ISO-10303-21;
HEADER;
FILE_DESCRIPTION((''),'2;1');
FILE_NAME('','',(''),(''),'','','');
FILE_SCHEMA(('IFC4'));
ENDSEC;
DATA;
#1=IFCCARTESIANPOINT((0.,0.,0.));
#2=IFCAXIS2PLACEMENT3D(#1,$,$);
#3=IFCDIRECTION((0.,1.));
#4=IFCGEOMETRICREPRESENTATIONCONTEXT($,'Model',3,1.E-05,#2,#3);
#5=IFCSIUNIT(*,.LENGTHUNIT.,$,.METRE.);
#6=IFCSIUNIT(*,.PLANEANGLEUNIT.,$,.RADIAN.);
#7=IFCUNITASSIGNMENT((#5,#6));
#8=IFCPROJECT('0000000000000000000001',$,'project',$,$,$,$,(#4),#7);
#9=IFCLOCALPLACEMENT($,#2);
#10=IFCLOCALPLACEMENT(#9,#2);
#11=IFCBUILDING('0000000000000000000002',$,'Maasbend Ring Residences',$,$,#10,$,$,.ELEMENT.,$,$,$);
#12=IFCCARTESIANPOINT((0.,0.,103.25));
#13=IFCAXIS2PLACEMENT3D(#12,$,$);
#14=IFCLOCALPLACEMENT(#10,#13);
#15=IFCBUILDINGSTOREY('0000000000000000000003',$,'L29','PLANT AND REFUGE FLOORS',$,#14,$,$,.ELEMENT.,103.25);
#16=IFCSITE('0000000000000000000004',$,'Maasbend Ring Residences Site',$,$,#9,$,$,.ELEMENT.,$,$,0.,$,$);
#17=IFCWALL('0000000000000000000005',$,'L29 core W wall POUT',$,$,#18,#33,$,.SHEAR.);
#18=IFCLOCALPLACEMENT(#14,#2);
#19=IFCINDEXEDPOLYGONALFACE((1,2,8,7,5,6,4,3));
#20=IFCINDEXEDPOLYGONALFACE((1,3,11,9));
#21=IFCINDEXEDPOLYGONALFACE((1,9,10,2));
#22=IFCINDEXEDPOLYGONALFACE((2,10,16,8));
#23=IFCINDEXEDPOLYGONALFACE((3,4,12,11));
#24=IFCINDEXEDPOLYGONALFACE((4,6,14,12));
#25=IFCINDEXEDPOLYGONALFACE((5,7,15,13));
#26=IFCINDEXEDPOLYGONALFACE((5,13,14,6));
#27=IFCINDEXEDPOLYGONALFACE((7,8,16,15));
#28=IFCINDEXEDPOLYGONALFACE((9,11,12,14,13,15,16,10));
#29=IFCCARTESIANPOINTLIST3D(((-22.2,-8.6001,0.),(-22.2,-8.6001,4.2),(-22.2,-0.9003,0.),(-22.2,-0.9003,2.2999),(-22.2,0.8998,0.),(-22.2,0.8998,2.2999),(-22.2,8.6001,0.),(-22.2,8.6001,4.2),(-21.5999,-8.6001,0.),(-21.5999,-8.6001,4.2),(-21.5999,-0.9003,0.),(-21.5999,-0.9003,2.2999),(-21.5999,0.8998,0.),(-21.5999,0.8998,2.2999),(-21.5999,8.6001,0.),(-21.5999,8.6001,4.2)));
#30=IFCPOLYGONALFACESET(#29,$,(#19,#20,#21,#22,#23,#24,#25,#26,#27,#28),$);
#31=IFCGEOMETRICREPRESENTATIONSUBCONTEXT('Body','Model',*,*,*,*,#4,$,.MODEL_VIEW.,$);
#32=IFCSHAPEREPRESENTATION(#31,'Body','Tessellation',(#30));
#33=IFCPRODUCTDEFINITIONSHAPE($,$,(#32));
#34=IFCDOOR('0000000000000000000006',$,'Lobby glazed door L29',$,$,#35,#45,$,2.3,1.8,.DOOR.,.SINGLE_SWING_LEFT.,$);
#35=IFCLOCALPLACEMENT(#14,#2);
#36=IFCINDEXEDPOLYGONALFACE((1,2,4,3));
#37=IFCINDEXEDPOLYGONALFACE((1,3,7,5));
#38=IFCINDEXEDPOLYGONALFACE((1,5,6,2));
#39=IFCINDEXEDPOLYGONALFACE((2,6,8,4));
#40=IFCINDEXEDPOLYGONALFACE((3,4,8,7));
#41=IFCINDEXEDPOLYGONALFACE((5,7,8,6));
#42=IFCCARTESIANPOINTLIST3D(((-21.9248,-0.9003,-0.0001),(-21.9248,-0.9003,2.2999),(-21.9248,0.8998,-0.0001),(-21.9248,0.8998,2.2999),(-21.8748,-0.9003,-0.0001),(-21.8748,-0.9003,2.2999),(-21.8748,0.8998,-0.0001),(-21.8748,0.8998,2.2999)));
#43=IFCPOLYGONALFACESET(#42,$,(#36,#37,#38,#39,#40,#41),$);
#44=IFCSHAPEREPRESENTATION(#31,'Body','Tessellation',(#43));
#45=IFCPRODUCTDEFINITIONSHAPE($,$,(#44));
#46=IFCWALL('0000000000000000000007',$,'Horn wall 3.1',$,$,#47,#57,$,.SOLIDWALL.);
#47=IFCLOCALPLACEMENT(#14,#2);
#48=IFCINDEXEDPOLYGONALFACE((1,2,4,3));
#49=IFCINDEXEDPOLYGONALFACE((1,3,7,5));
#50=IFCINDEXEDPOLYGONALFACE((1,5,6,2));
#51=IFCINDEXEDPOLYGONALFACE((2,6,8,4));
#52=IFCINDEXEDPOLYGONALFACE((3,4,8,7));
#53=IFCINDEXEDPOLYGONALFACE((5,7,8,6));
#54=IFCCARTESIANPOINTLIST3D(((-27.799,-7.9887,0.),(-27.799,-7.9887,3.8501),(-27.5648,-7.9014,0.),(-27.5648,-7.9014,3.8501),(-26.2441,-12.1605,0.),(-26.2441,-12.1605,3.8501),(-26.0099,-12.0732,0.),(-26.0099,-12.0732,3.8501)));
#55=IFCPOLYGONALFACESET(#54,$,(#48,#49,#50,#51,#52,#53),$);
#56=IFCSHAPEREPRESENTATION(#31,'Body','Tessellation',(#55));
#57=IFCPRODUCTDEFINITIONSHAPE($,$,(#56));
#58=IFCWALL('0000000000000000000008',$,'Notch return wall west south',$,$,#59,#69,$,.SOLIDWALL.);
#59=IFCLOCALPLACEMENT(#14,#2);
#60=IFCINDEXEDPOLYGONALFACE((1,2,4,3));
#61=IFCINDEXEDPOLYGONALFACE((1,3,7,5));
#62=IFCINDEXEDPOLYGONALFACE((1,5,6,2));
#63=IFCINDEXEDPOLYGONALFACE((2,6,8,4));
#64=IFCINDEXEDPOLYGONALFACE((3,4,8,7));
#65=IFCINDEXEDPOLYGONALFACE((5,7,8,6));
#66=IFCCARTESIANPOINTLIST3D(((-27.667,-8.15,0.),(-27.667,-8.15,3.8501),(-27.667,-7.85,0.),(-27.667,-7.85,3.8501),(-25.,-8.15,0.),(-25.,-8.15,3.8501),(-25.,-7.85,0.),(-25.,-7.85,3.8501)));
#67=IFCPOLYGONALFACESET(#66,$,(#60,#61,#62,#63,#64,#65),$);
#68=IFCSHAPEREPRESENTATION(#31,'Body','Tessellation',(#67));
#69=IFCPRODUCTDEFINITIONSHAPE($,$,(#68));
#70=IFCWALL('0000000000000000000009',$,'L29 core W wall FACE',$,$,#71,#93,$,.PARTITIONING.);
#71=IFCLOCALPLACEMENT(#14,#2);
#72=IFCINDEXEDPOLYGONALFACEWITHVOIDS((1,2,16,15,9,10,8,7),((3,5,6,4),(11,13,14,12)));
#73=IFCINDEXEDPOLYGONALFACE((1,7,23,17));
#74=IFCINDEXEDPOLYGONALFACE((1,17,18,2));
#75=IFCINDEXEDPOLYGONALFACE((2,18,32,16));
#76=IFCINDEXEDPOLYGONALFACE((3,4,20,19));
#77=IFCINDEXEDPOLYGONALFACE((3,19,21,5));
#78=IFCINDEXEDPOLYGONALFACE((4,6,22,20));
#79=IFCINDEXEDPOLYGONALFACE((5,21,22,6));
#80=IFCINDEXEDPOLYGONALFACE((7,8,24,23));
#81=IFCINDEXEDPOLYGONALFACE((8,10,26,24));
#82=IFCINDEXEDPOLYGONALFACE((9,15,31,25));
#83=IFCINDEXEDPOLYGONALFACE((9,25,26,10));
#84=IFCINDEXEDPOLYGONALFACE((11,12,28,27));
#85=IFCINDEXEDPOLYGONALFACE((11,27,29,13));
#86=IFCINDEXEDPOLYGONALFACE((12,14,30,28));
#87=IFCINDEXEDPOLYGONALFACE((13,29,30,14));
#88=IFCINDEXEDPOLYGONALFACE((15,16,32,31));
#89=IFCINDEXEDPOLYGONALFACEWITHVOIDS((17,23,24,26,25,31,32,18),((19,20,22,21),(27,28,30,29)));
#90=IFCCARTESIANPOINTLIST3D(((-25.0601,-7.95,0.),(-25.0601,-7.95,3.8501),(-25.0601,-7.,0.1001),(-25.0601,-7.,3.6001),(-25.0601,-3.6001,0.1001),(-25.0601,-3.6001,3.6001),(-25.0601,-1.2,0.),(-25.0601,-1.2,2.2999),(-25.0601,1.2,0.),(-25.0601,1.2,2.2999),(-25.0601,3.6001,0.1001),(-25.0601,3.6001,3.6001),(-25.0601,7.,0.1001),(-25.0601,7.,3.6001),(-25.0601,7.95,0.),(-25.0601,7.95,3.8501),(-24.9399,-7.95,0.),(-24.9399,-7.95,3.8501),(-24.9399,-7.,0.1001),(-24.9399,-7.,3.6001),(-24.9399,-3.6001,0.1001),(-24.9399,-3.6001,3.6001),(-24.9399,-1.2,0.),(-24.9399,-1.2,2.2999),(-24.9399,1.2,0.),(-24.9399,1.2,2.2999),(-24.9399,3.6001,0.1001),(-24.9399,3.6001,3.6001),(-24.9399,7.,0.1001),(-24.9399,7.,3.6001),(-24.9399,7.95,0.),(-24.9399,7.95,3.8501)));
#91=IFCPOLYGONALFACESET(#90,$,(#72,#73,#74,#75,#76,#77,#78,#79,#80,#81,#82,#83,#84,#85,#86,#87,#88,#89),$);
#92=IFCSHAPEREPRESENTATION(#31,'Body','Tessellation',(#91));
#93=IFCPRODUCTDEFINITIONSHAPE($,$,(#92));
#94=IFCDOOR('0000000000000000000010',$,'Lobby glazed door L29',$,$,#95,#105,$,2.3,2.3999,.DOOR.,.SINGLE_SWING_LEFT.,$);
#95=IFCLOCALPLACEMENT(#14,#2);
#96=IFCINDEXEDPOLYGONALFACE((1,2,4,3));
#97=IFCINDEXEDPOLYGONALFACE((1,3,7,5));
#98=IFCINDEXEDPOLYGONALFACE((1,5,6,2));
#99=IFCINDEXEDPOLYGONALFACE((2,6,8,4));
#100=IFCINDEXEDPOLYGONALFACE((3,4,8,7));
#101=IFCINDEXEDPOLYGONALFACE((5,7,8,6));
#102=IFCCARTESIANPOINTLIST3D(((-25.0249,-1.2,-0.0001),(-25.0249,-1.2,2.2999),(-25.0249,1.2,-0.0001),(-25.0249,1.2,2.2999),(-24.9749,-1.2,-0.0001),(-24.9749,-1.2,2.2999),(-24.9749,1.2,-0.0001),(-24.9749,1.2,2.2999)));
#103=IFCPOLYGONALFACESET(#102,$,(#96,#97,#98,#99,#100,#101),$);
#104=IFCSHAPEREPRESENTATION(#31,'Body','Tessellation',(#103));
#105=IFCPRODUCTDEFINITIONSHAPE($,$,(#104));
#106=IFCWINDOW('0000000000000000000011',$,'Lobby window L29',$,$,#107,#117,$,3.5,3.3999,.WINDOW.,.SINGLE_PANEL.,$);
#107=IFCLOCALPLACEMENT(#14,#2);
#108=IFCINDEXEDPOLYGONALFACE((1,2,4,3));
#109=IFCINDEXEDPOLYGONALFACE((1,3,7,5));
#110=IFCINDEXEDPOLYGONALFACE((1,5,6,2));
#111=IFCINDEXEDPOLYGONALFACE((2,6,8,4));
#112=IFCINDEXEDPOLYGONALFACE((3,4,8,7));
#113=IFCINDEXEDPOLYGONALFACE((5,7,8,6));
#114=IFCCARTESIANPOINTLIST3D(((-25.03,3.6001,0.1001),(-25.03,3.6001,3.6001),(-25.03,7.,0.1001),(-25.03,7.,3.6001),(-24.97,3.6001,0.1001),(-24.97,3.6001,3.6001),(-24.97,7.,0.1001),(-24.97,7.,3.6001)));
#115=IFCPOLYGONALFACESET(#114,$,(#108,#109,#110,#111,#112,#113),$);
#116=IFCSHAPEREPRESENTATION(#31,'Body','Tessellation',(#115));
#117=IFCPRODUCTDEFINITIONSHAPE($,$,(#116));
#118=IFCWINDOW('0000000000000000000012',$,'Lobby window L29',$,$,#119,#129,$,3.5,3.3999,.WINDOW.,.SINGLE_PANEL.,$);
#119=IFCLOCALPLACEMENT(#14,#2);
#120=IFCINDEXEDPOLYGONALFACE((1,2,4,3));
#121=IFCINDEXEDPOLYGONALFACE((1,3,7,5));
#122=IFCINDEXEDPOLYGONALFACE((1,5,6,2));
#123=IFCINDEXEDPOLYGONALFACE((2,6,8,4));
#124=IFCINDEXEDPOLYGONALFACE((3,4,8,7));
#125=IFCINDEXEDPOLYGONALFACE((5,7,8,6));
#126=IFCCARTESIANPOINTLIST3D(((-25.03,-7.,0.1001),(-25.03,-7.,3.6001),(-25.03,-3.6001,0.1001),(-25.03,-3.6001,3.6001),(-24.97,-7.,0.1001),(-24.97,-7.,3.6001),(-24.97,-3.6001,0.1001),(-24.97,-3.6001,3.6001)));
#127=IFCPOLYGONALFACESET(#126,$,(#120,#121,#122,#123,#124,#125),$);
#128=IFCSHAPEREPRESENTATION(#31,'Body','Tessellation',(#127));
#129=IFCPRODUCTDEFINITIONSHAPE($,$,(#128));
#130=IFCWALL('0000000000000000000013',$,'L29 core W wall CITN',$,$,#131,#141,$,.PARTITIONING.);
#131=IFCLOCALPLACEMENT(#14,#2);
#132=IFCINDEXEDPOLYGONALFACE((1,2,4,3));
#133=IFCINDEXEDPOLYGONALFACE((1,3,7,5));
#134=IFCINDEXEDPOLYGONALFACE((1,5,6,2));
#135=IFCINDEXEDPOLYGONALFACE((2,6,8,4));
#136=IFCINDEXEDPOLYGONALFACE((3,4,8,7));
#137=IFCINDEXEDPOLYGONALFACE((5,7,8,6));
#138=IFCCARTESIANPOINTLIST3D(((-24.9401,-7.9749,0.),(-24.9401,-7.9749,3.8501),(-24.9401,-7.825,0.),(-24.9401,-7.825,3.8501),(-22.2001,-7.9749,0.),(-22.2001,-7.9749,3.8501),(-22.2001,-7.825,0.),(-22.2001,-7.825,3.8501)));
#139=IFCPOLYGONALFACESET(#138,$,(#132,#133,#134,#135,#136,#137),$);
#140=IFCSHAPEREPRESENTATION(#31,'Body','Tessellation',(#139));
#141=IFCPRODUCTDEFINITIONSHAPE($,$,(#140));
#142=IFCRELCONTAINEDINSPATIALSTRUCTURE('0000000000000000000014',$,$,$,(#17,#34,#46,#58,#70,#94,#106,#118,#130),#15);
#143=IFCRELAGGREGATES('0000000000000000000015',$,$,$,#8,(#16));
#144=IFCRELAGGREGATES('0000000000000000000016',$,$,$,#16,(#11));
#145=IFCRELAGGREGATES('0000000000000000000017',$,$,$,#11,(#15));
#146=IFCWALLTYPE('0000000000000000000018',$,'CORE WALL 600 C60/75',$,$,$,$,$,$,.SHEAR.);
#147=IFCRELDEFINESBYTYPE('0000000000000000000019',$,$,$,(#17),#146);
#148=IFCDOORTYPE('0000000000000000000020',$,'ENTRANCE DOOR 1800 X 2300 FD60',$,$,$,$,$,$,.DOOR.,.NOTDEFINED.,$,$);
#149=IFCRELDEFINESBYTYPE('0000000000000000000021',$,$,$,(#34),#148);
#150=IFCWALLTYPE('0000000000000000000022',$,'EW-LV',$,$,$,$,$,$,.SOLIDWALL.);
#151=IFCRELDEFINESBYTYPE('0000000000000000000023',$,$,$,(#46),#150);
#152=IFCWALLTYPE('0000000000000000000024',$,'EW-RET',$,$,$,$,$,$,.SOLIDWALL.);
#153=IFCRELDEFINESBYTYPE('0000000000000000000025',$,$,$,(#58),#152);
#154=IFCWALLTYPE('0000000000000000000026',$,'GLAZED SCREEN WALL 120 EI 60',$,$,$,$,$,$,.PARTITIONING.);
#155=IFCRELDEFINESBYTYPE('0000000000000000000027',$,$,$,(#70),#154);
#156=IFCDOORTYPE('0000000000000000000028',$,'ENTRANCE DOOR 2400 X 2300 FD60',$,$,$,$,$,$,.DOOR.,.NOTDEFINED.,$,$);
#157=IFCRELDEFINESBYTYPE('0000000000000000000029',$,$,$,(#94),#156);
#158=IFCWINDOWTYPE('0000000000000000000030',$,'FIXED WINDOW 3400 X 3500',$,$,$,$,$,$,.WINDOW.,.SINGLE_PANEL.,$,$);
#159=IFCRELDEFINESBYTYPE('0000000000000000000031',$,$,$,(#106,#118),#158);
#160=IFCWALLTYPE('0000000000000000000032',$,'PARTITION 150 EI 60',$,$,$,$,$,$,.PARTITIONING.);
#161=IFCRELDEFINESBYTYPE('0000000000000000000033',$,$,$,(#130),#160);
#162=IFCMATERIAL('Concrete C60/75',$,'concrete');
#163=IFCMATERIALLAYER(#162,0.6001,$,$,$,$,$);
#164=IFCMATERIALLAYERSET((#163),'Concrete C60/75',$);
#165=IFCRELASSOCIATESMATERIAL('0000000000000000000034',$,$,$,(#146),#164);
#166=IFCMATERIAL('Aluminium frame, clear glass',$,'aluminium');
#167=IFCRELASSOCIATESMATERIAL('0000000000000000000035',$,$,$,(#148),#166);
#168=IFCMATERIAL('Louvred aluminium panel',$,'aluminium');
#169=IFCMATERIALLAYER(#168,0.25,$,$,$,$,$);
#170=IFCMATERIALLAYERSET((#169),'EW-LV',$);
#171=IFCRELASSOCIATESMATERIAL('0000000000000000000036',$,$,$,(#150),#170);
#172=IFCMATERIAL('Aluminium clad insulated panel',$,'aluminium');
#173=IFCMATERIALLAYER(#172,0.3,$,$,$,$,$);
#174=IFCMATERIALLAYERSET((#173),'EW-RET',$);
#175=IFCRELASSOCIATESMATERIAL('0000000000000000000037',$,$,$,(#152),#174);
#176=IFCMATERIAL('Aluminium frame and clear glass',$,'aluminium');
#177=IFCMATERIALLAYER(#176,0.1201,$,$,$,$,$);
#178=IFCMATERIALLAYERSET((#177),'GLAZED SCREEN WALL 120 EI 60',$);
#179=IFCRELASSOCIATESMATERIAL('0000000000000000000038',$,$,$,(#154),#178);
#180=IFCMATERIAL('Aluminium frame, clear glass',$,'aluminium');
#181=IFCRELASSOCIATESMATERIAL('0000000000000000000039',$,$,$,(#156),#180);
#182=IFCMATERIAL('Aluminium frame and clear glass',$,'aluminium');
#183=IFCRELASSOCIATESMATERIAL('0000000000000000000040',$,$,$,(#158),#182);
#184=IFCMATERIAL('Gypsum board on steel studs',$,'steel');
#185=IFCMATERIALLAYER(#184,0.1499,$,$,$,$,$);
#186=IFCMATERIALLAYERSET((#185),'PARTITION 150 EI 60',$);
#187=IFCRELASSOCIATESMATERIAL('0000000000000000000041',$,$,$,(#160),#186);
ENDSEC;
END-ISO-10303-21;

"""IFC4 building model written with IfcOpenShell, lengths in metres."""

from ifc_helpers import new_model, si_unit, direction, frame, frame_2d, origin, place, context, subcontext, project, spatial, rectangle, extrude, material, layer, layer_set, type_object, element, fill, save


model = new_model("IFC4")

# Units and contexts
model_context = context("Model", 3, precision=1e-05, world=origin(), true_north=direction((0.0, 1.0)))
body_context = subcontext(model_context, "Body", "Model", "MODEL_VIEW")
ifc_project = project(units=[si_unit("LENGTHUNIT", "METRE"), si_unit("PLANEANGLEUNIT", "RADIAN")], contexts=[model_context])

# Site, building, storey
site_placement = place(None, origin())
site = spatial("IfcSite", under=ifc_project, at=site_placement, Name="Maasbend Ring Residences Site", CompositionType="ELEMENT", RefElevation=0.0)
building_placement = place(site_placement, origin())
building = spatial("IfcBuilding", under=site, at=building_placement, Name="Maasbend Ring Residences", CompositionType="ELEMENT")
storey_placement = place(building_placement, frame((0.0, 0.0, 103.25)))
storey = spatial("IfcBuildingStorey", under=building, at=storey_placement, Name="L29", Description="PLANT AND REFUGE FLOORS", CompositionType="ELEMENT", Elevation=103.25)

# Shared definitions
ifc_material_1 = material(Name="Concrete C60/75", Category="concrete")
ifc_layer_1 = layer(ifc_material_1, 0.6001)
ifc_layer_set_1 = layer_set([ifc_layer_1], Name="Concrete C60/75")
wall_type_1 = type_object("IfcWallType", Name="CORE WALL 600 C60/75", PredefinedType="SHEAR", material=ifc_layer_set_1)

# Wall, opening, door
wall_1_placement = place(storey_placement, frame((-21.8999, -8.6001, 0.0), z_axis=(0.0, 0.0, 1.0), x_axis=(0.0, 1.0, 0.0)))
wall_1 = element("IfcWall", 1, at=wall_1_placement, inside=storey, type_object=wall_type_1, Name="L29 core W wall POUT", PredefinedType="SHEAR", context=body_context, shape_type="SweptSolid", body=[
    extrude(rectangle(XDim=17.2002, YDim=0.6001, at=frame_2d((8.6001, 0.0))), origin(), (0.0, 0.0, 1.0), 4.2),
])
opening_1_placement = place(wall_1_placement, frame((7.7, 0.0, 0.0)))
opening_1 = element("IfcOpeningElement", 2, at=opening_1_placement, cuts=wall_1, PredefinedType="OPENING", context=body_context, shape_type="SweptSolid", body=[
    extrude(rectangle(XDim=1.8, YDim=2.3, at=frame_2d((0.8999, 1.1499))), frame((0.0, 0.3101, 0.0), z_axis=(0.0, -1.0, 0.0), x_axis=(1.0, 0.0, 0.0)), (0.0, 0.0, 1.0), 0.6201),
])
ifc_material_2 = material(Name="Aluminium frame, clear glass", Category="aluminium")
door_type_1 = type_object("IfcDoorType", Name="ENTRANCE DOOR 1800 X 2300 FD60", OperationType="NOTDEFINED", PredefinedType="DOOR", material=ifc_material_2)
door_1_placement = place(opening_1_placement, origin())
door_1 = element("IfcDoor", 3, at=door_1_placement, inside=storey, type_object=door_type_1, Name="Lobby glazed door L29", OperationType="SINGLE_SWING_LEFT", OverallHeight=2.3, OverallWidth=1.8, PredefinedType="DOOR", context=body_context, shape_type="SweptSolid", body=[
    extrude(rectangle(XDim=1.8, YDim=2.3, at=frame_2d((0.8999, 1.1499))), frame((0.0, 0.0249, 0.0), z_axis=(0.0, -1.0, 0.0), x_axis=(1.0, 0.0, 0.0)), (0.0, 0.0, 1.0), 0.05),
])
fill(opening_1, door_1)

# Walls
ifc_material_3 = material(Name="Louvred aluminium panel", Category="aluminium")
ifc_layer_2 = layer(ifc_material_3, 0.25)
ifc_layer_set_2 = layer_set([ifc_layer_2], Name="EW-LV")
wall_type_2 = type_object("IfcWallType", Name="EW-LV", PredefinedType="SOLIDWALL", material=ifc_layer_set_2)
wall_2_placement = place(storey_placement, frame((-27.6819, -7.9451, 0.0), z_axis=(0.0, 0.0, 1.0), x_axis=(0.349248, -0.93703, 0.0)))
element("IfcWall", 4, at=wall_2_placement, inside=storey, type_object=wall_type_2, Name="Horn wall 3.1", PredefinedType="SOLIDWALL", context=body_context, shape_type="SweptSolid", body=[
    extrude(rectangle(XDim=4.4521, YDim=0.25, at=frame_2d((2.2261, 0.0))), origin(), (0.0, 0.0, 1.0), 3.8501),
])
ifc_material_4 = material(Name="Aluminium clad insulated panel", Category="aluminium")
ifc_layer_3 = layer(ifc_material_4, 0.3)
ifc_layer_set_3 = layer_set([ifc_layer_3], Name="EW-RET")
wall_type_3 = type_object("IfcWallType", Name="EW-RET", PredefinedType="SOLIDWALL", material=ifc_layer_set_3)
wall_3_placement = place(storey_placement, frame((-25.0, -8.0, 0.0), z_axis=(0.0, 0.0, 1.0), x_axis=(-1.0, 0.0, 0.0)))
element("IfcWall", 5, at=wall_3_placement, inside=storey, type_object=wall_type_3, Name="Notch return wall west south", PredefinedType="SOLIDWALL", context=body_context, shape_type="SweptSolid", body=[
    extrude(rectangle(XDim=2.667, YDim=0.3, at=frame_2d((1.3335, 0.0))), origin(), (0.0, 0.0, 1.0), 3.8501),
])

# Wall, openings, door, windows
ifc_material_5 = material(Name="Aluminium frame and clear glass", Category="aluminium")
ifc_layer_4 = layer(ifc_material_5, 0.1201)
ifc_layer_set_4 = layer_set([ifc_layer_4], Name="GLAZED SCREEN WALL 120 EI 60")
wall_type_4 = type_object("IfcWallType", Name="GLAZED SCREEN WALL 120 EI 60", PredefinedType="PARTITIONING", material=ifc_layer_set_4)
wall_4_placement = place(storey_placement, frame((-25.0, -7.95, 0.0), z_axis=(0.0, 0.0, 1.0), x_axis=(0.0, 1.0, 0.0)))
wall_4 = element("IfcWall", 6, at=wall_4_placement, inside=storey, type_object=wall_type_4, Name="L29 core W wall FACE", PredefinedType="PARTITIONING", context=body_context, shape_type="SweptSolid", body=[
    extrude(rectangle(XDim=15.8999, YDim=0.1201, at=frame_2d((7.95, 0.0))), origin(), (0.0, 0.0, 1.0), 3.8501),
])
opening_2_placement = place(wall_4_placement, frame((6.75, 0.0, 0.0)))
opening_2 = element("IfcOpeningElement", 7, at=opening_2_placement, cuts=wall_4, PredefinedType="OPENING", context=body_context, shape_type="SweptSolid", body=[
    extrude(rectangle(XDim=2.3999, YDim=2.3, at=frame_2d((1.2, 1.1499))), frame((0.0, 0.0701, 0.0), z_axis=(0.0, -1.0, 0.0), x_axis=(1.0, 0.0, 0.0)), (0.0, 0.0, 1.0), 0.1401),
])
opening_3_placement = place(wall_4_placement, frame((11.55, 0.0, 0.1001)))
opening_3 = element("IfcOpeningElement", 8, at=opening_3_placement, cuts=wall_4, PredefinedType="OPENING", context=body_context, shape_type="SweptSolid", body=[
    extrude(rectangle(XDim=3.3999, YDim=3.5, at=frame_2d((1.7, 1.75))), frame((0.0, 0.0701, 0.0), z_axis=(0.0, -1.0, 0.0), x_axis=(1.0, 0.0, 0.0)), (0.0, 0.0, 1.0), 0.1401),
])
opening_4_placement = place(wall_4_placement, frame((0.95, 0.0, 0.1001)))
opening_4 = element("IfcOpeningElement", 9, at=opening_4_placement, cuts=wall_4, PredefinedType="OPENING", context=body_context, shape_type="SweptSolid", body=[
    extrude(rectangle(XDim=3.3999, YDim=3.5, at=frame_2d((1.7, 1.75))), frame((0.0, 0.0701, 0.0), z_axis=(0.0, -1.0, 0.0), x_axis=(1.0, 0.0, 0.0)), (0.0, 0.0, 1.0), 0.1401),
])
ifc_material_6 = material(Name="Aluminium frame, clear glass", Category="aluminium")
door_type_2 = type_object("IfcDoorType", Name="ENTRANCE DOOR 2400 X 2300 FD60", OperationType="NOTDEFINED", PredefinedType="DOOR", material=ifc_material_6)
door_2_placement = place(opening_2_placement, origin())
door_2 = element("IfcDoor", 10, at=door_2_placement, inside=storey, type_object=door_type_2, Name="Lobby glazed door L29", OperationType="SINGLE_SWING_LEFT", OverallHeight=2.3, OverallWidth=2.3999, PredefinedType="DOOR", context=body_context, shape_type="SweptSolid", body=[
    extrude(rectangle(XDim=2.3999, YDim=2.3, at=frame_2d((1.2, 1.1499))), frame((0.0, 0.0249, 0.0), z_axis=(0.0, -1.0, 0.0), x_axis=(1.0, 0.0, 0.0)), (0.0, 0.0, 1.0), 0.05),
])
fill(opening_2, door_2)
ifc_material_7 = material(Name="Aluminium frame and clear glass", Category="aluminium")
window_type = type_object("IfcWindowType", Name="FIXED WINDOW 3400 X 3500", PartitioningType="SINGLE_PANEL", PredefinedType="WINDOW", material=ifc_material_7)
window_1_placement = place(opening_3_placement, origin())
window_1 = element("IfcWindow", 11, at=window_1_placement, inside=storey, type_object=window_type, Name="Lobby window L29", OverallHeight=3.5, OverallWidth=3.3999, PartitioningType="SINGLE_PANEL", PredefinedType="WINDOW", context=body_context, shape_type="SweptSolid", body=[
    extrude(rectangle(XDim=3.3999, YDim=3.5, at=frame_2d((1.7, 1.75))), frame((0.0, 0.03, 0.0), z_axis=(0.0, -1.0, 0.0), x_axis=(1.0, 0.0, 0.0)), (0.0, 0.0, 1.0), 0.0601),
])
fill(opening_3, window_1)
window_2_placement = place(opening_4_placement, origin())
window_2 = element("IfcWindow", 12, at=window_2_placement, inside=storey, type_object=window_type, Name="Lobby window L29", OverallHeight=3.5, OverallWidth=3.3999, PartitioningType="SINGLE_PANEL", PredefinedType="WINDOW", context=body_context, shape_type="SweptSolid", body=[
    extrude(rectangle(XDim=3.3999, YDim=3.5, at=frame_2d((1.7, 1.75))), frame((0.0, 0.03, 0.0), z_axis=(0.0, -1.0, 0.0), x_axis=(1.0, 0.0, 0.0)), (0.0, 0.0, 1.0), 0.0601),
])
fill(opening_4, window_2)

# Wall
ifc_material_8 = material(Name="Gypsum board on steel studs", Category="steel")
ifc_layer_5 = layer(ifc_material_8, 0.1499)
ifc_layer_set_5 = layer_set([ifc_layer_5], Name="PARTITION 150 EI 60")
wall_type_5 = type_object("IfcWallType", Name="PARTITION 150 EI 60", PredefinedType="PARTITIONING", material=ifc_layer_set_5)
wall_5_placement = place(storey_placement, frame((-22.2, -7.8999, 0.0), z_axis=(0.0, 0.0, 1.0), x_axis=(-1.0, 0.0, 0.0)))
element("IfcWall", 13, at=wall_5_placement, inside=storey, type_object=wall_type_5, Name="L29 core W wall CITN", PredefinedType="PARTITIONING", context=body_context, shape_type="SweptSolid", body=[
    extrude(rectangle(XDim=2.74, YDim=0.1499, at=frame_2d((1.3701, 0.0))), origin(), (0.0, 0.0, 1.0), 3.8501),
])

save(model, "model.ifc")
